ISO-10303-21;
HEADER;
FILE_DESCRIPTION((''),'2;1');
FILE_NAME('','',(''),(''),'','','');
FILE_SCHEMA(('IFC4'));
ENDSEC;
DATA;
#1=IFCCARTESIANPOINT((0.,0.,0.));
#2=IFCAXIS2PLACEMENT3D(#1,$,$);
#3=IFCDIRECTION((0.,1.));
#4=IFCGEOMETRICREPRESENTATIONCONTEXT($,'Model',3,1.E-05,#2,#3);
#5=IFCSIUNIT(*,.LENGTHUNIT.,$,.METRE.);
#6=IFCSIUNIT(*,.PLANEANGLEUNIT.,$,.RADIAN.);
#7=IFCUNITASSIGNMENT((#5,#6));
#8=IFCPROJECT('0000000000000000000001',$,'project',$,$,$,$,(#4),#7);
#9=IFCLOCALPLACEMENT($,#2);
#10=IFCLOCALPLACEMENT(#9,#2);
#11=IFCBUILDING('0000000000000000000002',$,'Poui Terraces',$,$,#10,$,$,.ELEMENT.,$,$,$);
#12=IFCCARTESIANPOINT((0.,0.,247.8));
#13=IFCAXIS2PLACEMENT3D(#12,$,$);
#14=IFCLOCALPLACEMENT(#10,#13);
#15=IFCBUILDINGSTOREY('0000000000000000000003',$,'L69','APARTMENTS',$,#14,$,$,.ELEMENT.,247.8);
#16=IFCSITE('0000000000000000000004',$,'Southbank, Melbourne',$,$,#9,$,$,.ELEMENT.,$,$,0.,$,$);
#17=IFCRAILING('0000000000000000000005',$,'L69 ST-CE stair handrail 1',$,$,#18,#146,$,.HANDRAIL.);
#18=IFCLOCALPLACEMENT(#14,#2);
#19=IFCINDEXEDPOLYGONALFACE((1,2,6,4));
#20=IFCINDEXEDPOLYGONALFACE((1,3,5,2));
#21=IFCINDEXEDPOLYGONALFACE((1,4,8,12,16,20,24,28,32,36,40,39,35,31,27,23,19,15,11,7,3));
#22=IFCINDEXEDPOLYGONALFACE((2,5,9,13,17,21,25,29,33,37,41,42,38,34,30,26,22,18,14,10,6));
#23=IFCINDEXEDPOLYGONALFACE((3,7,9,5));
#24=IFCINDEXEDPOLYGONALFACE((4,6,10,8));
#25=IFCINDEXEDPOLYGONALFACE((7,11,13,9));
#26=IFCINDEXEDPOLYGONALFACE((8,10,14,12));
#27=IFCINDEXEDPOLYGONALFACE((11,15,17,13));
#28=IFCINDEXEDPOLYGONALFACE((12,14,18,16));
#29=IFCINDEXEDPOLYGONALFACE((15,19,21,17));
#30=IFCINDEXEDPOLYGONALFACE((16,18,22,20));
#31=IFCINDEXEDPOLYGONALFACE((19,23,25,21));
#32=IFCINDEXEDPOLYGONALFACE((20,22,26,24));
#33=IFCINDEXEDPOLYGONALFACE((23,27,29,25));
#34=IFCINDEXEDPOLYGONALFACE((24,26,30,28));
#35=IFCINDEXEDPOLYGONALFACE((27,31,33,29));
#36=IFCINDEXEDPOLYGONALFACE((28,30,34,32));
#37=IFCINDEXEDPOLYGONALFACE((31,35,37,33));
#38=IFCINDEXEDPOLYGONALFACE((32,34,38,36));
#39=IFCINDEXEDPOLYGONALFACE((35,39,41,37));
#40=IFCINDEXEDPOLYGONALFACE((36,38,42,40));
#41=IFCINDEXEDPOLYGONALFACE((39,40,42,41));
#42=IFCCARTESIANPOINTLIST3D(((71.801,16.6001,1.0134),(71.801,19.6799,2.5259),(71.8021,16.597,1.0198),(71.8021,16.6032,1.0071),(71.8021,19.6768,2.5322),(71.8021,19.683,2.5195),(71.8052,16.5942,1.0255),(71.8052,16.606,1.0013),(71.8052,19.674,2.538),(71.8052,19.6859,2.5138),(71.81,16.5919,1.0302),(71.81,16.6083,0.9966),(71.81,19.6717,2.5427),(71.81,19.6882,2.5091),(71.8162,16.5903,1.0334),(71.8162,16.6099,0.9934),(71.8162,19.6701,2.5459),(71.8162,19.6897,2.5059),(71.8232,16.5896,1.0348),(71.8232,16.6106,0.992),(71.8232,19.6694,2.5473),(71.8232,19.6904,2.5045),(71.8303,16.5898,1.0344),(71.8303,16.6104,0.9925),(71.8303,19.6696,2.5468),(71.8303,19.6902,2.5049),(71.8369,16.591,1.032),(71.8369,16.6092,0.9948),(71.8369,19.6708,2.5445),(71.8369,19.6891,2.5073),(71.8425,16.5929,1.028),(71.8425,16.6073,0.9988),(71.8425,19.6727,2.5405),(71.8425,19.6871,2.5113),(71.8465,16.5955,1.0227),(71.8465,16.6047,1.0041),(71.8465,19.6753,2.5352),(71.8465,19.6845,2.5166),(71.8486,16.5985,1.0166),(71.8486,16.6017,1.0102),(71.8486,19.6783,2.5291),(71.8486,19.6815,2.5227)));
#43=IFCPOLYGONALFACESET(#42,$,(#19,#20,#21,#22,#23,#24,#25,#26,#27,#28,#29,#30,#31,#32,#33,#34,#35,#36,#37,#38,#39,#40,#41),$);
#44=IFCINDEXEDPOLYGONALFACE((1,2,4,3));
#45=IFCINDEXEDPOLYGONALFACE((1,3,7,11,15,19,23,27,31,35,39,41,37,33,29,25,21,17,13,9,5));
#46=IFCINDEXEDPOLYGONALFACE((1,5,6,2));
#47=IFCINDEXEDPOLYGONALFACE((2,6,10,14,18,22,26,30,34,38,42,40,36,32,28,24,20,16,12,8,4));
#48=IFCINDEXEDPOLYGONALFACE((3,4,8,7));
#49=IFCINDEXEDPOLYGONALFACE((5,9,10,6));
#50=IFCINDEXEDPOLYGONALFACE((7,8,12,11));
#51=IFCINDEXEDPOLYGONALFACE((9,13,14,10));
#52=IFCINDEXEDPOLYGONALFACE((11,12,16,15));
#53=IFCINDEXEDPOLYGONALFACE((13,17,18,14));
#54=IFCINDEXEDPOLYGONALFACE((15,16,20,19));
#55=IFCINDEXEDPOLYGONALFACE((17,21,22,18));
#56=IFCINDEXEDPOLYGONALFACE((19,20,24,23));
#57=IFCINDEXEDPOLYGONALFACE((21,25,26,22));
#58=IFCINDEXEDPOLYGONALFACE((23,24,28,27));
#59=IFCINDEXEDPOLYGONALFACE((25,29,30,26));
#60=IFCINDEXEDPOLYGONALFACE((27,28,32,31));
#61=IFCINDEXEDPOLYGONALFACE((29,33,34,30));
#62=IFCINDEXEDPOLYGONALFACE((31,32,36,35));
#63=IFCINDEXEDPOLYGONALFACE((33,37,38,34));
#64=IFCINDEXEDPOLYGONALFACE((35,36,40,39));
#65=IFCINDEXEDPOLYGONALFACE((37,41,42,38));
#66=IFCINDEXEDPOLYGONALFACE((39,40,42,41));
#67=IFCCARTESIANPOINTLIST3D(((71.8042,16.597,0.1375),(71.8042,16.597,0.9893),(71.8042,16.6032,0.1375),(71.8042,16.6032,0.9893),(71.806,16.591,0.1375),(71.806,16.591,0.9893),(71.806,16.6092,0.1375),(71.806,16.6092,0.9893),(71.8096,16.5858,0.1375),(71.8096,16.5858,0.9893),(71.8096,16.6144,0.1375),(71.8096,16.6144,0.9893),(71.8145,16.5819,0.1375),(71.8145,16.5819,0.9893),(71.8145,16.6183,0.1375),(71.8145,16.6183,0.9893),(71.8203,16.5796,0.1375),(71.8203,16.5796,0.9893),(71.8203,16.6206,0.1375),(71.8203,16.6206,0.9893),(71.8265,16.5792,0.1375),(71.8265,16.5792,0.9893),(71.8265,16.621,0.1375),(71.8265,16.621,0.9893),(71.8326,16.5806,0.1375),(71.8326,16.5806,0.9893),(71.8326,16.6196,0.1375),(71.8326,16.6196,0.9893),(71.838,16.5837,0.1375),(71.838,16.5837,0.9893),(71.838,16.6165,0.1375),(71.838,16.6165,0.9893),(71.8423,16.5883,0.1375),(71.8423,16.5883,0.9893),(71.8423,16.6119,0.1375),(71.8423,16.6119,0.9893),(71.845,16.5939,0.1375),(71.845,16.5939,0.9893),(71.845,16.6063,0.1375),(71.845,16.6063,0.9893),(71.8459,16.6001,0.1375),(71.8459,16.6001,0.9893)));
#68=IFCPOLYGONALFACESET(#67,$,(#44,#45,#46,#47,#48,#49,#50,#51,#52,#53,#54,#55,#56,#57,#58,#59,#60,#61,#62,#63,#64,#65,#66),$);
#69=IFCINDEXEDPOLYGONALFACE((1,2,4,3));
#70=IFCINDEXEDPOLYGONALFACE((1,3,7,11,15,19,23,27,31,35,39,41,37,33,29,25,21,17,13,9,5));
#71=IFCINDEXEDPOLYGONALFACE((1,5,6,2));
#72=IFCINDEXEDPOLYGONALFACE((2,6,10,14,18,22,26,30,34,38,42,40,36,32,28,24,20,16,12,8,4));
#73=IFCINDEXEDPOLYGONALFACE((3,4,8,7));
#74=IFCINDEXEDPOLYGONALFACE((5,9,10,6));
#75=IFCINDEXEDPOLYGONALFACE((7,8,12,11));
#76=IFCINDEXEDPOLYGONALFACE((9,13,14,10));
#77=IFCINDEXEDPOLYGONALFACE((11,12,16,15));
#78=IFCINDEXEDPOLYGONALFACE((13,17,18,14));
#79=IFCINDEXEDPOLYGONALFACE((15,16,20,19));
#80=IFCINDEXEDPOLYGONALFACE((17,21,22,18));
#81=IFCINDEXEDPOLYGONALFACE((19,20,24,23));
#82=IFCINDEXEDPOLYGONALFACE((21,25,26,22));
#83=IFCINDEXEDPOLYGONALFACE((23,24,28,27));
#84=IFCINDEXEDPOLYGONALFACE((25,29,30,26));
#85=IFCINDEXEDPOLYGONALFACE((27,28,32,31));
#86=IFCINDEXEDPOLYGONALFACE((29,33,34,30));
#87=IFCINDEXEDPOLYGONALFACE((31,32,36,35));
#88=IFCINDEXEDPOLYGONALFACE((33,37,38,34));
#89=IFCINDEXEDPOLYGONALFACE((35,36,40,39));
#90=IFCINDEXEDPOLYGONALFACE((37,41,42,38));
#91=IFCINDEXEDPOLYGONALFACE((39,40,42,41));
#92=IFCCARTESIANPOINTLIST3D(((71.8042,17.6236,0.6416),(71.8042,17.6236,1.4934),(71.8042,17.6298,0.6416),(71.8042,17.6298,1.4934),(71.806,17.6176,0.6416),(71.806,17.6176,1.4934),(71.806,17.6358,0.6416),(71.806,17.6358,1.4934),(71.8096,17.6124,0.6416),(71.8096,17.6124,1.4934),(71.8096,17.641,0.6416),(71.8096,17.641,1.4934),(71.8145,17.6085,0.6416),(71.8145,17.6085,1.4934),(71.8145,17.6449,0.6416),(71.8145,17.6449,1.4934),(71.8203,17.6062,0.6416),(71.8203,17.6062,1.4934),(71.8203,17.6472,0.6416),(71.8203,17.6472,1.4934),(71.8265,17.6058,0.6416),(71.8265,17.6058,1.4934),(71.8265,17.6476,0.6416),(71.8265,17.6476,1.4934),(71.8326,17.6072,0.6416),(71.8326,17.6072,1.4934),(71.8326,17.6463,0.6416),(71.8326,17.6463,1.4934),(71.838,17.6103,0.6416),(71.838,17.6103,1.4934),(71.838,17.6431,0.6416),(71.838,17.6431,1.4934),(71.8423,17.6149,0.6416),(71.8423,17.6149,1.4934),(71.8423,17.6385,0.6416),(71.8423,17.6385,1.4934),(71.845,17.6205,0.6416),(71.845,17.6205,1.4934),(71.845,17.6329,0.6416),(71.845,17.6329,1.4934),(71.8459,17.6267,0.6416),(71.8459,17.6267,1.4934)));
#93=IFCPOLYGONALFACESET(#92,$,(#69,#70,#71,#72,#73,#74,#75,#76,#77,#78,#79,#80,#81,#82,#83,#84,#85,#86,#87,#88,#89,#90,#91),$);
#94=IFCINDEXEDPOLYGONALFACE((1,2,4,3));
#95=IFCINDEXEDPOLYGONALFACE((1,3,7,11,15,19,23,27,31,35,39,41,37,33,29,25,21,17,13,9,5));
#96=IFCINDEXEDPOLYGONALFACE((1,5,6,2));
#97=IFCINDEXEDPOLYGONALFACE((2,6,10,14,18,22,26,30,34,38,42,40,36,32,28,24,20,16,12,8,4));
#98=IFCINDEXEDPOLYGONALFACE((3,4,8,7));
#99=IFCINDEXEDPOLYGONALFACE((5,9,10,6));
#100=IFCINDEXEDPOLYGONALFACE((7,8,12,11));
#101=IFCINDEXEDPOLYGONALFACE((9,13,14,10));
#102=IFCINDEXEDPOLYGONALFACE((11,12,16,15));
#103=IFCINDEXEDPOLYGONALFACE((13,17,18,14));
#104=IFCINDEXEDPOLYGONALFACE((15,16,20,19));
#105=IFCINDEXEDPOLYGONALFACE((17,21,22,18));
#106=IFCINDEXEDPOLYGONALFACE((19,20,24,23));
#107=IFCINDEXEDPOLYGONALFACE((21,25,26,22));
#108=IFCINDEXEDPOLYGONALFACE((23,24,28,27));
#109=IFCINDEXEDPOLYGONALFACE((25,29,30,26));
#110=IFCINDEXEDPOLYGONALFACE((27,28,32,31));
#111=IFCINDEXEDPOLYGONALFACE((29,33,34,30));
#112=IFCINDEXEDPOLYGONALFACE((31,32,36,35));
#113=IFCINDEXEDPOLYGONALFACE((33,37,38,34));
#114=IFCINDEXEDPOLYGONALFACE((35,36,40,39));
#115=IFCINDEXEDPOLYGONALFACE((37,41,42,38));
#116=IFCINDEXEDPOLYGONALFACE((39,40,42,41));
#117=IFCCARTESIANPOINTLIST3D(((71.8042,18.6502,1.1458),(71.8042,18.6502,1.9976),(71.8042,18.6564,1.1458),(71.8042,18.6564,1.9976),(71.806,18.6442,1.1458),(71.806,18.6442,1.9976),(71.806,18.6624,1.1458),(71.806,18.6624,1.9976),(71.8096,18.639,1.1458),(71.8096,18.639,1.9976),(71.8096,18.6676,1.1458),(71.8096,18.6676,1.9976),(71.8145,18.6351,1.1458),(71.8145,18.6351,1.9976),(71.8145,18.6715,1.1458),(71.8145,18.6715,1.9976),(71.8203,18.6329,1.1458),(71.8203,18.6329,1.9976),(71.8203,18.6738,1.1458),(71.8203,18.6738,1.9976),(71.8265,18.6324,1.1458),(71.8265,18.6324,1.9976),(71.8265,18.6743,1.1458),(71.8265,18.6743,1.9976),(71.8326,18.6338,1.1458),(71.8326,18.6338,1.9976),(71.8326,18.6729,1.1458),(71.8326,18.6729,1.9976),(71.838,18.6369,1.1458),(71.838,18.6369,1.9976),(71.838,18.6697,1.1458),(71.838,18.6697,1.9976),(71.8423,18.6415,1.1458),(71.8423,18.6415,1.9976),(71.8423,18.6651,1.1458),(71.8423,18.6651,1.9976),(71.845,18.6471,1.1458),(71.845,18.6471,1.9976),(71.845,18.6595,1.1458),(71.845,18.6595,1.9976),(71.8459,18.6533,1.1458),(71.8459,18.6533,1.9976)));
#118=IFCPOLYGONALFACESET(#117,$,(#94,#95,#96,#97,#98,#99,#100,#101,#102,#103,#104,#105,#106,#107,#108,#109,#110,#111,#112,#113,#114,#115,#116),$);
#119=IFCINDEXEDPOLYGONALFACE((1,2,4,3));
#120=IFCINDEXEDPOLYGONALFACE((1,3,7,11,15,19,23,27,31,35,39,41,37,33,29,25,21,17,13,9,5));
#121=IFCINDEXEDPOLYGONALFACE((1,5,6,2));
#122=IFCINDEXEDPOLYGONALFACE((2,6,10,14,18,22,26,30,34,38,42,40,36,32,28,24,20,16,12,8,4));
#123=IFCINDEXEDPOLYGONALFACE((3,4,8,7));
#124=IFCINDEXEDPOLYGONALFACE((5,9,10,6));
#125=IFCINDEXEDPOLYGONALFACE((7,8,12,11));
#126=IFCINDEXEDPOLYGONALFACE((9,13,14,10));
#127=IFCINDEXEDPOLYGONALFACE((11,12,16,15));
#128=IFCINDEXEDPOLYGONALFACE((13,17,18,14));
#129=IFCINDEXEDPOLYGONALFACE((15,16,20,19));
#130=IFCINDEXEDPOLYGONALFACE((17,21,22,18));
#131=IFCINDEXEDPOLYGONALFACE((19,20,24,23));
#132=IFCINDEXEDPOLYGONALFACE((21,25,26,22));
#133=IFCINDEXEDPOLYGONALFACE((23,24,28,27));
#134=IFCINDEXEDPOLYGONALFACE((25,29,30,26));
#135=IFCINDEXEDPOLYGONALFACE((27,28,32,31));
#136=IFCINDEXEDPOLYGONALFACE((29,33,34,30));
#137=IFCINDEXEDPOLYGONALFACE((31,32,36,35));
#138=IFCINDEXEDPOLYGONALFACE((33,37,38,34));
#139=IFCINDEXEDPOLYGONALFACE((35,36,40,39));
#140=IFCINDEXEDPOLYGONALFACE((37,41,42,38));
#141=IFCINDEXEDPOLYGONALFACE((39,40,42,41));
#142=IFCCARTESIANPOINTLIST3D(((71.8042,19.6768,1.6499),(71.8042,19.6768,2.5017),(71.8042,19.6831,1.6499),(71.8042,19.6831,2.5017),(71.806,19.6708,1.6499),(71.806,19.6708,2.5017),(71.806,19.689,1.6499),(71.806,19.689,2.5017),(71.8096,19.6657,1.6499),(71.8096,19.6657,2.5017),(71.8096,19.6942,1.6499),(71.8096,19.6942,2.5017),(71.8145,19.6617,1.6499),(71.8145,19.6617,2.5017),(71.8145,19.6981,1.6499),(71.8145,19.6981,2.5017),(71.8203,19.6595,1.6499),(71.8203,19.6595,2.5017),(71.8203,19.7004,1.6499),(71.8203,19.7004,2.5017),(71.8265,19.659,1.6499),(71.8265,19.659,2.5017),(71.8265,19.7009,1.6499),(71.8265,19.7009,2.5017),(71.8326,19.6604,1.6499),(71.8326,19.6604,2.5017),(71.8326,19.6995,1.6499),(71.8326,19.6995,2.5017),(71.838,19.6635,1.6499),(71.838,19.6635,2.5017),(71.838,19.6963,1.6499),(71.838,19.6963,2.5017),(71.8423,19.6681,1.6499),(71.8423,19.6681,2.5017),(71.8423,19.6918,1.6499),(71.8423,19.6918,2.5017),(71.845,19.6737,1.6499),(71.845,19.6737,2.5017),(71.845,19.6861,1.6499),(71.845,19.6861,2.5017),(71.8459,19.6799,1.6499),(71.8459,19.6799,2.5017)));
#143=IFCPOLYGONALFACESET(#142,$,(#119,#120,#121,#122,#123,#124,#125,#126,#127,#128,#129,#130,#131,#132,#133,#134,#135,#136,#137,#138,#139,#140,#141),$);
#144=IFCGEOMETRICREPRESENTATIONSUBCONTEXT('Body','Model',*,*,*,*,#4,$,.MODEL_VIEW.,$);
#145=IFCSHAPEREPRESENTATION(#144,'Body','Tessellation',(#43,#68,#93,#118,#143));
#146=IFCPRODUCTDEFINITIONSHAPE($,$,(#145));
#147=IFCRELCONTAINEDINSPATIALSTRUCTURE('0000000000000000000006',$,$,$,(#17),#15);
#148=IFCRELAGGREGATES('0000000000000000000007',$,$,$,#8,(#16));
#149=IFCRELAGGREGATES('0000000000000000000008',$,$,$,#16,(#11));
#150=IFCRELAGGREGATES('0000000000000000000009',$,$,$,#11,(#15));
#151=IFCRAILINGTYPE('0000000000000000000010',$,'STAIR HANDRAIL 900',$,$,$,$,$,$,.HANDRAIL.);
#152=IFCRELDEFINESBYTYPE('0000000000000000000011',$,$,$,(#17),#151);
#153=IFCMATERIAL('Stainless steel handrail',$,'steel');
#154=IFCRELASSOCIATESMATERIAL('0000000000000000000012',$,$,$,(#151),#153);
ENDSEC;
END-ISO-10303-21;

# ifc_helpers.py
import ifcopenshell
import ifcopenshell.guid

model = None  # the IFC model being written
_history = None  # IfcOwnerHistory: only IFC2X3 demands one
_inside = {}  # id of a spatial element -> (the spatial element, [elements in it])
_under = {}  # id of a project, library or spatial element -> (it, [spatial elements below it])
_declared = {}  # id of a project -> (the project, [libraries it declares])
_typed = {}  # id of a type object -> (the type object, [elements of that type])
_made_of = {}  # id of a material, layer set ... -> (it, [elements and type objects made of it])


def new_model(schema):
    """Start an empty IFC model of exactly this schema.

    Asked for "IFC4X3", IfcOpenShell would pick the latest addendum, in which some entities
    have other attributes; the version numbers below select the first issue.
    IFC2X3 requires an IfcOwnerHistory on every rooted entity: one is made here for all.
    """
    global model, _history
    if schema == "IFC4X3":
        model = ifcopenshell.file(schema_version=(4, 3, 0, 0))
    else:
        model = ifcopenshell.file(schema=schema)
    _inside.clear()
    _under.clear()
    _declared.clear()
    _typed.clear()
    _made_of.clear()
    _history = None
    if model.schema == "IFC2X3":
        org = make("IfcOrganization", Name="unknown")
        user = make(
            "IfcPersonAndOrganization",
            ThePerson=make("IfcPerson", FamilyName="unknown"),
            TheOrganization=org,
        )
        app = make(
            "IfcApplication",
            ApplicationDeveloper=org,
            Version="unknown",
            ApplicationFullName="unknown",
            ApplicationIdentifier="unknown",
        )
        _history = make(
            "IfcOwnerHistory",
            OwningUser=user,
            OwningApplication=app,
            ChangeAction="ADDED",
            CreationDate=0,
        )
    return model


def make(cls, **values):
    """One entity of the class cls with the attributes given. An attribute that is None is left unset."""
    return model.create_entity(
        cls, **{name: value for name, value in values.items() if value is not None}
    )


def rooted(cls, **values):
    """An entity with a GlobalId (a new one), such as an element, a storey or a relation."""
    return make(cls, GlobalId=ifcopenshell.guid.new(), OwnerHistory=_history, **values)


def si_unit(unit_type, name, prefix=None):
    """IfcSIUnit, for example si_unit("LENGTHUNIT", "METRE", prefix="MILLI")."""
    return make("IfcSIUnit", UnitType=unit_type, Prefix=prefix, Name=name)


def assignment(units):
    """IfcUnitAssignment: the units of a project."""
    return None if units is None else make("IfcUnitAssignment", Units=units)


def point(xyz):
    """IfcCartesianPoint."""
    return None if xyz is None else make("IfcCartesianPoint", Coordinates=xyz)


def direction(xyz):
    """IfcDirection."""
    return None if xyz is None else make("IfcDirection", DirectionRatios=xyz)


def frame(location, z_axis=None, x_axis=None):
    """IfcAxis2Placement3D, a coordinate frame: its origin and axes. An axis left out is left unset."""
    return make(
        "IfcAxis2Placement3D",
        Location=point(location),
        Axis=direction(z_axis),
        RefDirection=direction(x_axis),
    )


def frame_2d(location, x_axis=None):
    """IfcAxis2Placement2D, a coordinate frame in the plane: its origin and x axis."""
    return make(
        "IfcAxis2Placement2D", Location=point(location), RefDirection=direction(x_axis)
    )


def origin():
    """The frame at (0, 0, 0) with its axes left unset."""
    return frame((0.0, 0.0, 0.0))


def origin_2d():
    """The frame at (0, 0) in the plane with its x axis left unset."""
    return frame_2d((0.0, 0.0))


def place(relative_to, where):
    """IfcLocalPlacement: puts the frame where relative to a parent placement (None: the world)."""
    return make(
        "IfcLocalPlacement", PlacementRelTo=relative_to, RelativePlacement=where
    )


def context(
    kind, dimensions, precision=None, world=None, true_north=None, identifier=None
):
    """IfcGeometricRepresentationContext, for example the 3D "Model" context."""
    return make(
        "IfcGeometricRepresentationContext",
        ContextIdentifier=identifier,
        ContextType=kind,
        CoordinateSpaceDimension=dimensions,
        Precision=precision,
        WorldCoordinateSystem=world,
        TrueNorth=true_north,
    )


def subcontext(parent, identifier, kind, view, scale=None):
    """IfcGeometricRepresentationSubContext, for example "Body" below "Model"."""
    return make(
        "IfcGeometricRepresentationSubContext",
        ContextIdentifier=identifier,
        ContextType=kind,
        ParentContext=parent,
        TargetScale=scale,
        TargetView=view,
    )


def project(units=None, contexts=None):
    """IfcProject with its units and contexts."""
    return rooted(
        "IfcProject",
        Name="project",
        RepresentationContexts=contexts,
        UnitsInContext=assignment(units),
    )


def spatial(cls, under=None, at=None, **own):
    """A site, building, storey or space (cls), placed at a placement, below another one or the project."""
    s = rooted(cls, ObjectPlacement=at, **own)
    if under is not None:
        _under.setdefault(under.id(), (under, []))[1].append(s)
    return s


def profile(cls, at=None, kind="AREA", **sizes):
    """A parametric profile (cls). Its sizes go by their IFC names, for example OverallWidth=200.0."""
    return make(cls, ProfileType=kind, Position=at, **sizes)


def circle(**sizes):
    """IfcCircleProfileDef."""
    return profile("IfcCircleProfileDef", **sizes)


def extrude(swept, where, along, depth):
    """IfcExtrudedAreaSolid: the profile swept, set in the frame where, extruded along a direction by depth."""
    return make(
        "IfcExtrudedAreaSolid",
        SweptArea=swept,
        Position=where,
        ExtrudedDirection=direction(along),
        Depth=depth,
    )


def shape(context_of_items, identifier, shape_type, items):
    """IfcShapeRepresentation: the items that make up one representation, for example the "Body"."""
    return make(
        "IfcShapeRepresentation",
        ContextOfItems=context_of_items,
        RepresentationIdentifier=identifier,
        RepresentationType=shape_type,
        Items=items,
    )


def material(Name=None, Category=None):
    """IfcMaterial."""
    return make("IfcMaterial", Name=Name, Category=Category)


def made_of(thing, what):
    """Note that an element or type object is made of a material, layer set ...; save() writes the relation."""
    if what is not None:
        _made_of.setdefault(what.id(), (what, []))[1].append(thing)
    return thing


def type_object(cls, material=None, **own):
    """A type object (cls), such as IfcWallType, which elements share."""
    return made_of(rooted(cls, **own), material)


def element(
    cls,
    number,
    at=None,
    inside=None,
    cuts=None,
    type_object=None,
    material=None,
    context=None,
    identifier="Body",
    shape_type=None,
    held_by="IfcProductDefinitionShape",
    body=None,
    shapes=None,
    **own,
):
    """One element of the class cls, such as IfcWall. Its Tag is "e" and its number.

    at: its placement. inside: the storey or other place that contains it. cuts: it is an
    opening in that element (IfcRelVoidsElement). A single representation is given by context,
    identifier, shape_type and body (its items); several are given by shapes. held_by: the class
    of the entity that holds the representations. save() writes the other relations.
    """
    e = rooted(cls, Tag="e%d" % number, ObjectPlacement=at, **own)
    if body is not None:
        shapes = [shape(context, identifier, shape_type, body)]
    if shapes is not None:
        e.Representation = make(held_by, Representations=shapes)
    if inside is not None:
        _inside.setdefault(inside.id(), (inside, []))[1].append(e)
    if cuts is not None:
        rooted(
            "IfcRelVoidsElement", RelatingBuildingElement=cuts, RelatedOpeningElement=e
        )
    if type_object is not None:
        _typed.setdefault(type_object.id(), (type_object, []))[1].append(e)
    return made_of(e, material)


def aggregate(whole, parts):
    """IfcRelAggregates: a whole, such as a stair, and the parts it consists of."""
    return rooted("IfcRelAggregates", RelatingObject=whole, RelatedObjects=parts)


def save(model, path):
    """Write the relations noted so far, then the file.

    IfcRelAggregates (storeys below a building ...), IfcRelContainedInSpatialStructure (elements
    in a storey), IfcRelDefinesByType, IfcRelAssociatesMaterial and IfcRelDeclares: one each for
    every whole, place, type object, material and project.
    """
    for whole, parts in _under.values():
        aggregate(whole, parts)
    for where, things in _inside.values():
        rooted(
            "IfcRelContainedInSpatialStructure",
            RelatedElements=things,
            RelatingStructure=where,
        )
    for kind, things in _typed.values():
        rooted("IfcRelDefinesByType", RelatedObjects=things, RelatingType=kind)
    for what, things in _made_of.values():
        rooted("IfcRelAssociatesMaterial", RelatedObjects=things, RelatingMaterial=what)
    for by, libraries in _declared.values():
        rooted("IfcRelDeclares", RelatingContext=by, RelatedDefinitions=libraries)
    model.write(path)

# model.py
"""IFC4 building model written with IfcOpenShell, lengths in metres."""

from ifc_helpers import new_model, si_unit, direction, frame, origin, origin_2d, place, context, subcontext, project, spatial, circle, extrude, material, type_object, element, save


model = new_model("IFC4")

# Units and contexts
model_context = context("Model", 3, precision=1e-05, world=origin(), true_north=direction((0.0, 1.0)))
body_context = subcontext(model_context, "Body", "Model", "MODEL_VIEW")
ifc_project = project(units=[si_unit("LENGTHUNIT", "METRE"), si_unit("PLANEANGLEUNIT", "RADIAN")], contexts=[model_context])

# Site, building, storey
site_placement = place(None, origin())
site = spatial("IfcSite", under=ifc_project, at=site_placement, Name="Southbank, Melbourne", CompositionType="ELEMENT", RefElevation=0.0)
building_placement = place(site_placement, origin())
building = spatial("IfcBuilding", under=site, at=building_placement, Name="Poui Terraces", CompositionType="ELEMENT")
storey_placement = place(building_placement, frame((0.0, 0.0, 247.8)))
storey = spatial("IfcBuildingStorey", under=building, at=storey_placement, Name="L69", Description="APARTMENTS", CompositionType="ELEMENT", Elevation=247.8)

# Railing
ifc_material_1 = material(Name="Stainless steel handrail", Category="steel")
railing_type_1 = type_object("IfcRailingType", Name="STAIR HANDRAIL 900", PredefinedType="HANDRAIL", material=ifc_material_1)
railing_1_placement = place(storey_placement, frame((71.825, 16.6001, 0.1375)))
element("IfcRailing", 1, at=railing_1_placement, inside=storey, type_object=railing_type_1, Name="L69 ST-CE stair handrail 1", PredefinedType="HANDRAIL", context=body_context, shape_type="SweptSolid", body=[
    extrude(circle(Radius=0.0239, at=origin_2d()), frame((0.0, 0.0, 0.876), z_axis=(0.0, 0.897606, 0.440798), x_axis=(-1.0, 0.0, 0.0)), (0.0, 0.0, 1.0), 3.4312),
    extrude(circle(Radius=0.021, at=origin_2d()), origin(), (0.0, 0.0, 1.0), 0.8518),
    extrude(circle(Radius=0.021, at=origin_2d()), frame((0.0, 1.0266, 0.5042)), (0.0, 0.0, 1.0), 0.8518),
    extrude(circle(Radius=0.021, at=origin_2d()), frame((0.0, 2.0532, 1.0083)), (0.0, 0.0, 1.0), 0.8518),
    extrude(circle(Radius=0.021, at=origin_2d()), frame((0.0, 3.0798, 1.5125)), (0.0, 0.0, 1.0), 0.8518),
])

save(model, "model.ifc")
